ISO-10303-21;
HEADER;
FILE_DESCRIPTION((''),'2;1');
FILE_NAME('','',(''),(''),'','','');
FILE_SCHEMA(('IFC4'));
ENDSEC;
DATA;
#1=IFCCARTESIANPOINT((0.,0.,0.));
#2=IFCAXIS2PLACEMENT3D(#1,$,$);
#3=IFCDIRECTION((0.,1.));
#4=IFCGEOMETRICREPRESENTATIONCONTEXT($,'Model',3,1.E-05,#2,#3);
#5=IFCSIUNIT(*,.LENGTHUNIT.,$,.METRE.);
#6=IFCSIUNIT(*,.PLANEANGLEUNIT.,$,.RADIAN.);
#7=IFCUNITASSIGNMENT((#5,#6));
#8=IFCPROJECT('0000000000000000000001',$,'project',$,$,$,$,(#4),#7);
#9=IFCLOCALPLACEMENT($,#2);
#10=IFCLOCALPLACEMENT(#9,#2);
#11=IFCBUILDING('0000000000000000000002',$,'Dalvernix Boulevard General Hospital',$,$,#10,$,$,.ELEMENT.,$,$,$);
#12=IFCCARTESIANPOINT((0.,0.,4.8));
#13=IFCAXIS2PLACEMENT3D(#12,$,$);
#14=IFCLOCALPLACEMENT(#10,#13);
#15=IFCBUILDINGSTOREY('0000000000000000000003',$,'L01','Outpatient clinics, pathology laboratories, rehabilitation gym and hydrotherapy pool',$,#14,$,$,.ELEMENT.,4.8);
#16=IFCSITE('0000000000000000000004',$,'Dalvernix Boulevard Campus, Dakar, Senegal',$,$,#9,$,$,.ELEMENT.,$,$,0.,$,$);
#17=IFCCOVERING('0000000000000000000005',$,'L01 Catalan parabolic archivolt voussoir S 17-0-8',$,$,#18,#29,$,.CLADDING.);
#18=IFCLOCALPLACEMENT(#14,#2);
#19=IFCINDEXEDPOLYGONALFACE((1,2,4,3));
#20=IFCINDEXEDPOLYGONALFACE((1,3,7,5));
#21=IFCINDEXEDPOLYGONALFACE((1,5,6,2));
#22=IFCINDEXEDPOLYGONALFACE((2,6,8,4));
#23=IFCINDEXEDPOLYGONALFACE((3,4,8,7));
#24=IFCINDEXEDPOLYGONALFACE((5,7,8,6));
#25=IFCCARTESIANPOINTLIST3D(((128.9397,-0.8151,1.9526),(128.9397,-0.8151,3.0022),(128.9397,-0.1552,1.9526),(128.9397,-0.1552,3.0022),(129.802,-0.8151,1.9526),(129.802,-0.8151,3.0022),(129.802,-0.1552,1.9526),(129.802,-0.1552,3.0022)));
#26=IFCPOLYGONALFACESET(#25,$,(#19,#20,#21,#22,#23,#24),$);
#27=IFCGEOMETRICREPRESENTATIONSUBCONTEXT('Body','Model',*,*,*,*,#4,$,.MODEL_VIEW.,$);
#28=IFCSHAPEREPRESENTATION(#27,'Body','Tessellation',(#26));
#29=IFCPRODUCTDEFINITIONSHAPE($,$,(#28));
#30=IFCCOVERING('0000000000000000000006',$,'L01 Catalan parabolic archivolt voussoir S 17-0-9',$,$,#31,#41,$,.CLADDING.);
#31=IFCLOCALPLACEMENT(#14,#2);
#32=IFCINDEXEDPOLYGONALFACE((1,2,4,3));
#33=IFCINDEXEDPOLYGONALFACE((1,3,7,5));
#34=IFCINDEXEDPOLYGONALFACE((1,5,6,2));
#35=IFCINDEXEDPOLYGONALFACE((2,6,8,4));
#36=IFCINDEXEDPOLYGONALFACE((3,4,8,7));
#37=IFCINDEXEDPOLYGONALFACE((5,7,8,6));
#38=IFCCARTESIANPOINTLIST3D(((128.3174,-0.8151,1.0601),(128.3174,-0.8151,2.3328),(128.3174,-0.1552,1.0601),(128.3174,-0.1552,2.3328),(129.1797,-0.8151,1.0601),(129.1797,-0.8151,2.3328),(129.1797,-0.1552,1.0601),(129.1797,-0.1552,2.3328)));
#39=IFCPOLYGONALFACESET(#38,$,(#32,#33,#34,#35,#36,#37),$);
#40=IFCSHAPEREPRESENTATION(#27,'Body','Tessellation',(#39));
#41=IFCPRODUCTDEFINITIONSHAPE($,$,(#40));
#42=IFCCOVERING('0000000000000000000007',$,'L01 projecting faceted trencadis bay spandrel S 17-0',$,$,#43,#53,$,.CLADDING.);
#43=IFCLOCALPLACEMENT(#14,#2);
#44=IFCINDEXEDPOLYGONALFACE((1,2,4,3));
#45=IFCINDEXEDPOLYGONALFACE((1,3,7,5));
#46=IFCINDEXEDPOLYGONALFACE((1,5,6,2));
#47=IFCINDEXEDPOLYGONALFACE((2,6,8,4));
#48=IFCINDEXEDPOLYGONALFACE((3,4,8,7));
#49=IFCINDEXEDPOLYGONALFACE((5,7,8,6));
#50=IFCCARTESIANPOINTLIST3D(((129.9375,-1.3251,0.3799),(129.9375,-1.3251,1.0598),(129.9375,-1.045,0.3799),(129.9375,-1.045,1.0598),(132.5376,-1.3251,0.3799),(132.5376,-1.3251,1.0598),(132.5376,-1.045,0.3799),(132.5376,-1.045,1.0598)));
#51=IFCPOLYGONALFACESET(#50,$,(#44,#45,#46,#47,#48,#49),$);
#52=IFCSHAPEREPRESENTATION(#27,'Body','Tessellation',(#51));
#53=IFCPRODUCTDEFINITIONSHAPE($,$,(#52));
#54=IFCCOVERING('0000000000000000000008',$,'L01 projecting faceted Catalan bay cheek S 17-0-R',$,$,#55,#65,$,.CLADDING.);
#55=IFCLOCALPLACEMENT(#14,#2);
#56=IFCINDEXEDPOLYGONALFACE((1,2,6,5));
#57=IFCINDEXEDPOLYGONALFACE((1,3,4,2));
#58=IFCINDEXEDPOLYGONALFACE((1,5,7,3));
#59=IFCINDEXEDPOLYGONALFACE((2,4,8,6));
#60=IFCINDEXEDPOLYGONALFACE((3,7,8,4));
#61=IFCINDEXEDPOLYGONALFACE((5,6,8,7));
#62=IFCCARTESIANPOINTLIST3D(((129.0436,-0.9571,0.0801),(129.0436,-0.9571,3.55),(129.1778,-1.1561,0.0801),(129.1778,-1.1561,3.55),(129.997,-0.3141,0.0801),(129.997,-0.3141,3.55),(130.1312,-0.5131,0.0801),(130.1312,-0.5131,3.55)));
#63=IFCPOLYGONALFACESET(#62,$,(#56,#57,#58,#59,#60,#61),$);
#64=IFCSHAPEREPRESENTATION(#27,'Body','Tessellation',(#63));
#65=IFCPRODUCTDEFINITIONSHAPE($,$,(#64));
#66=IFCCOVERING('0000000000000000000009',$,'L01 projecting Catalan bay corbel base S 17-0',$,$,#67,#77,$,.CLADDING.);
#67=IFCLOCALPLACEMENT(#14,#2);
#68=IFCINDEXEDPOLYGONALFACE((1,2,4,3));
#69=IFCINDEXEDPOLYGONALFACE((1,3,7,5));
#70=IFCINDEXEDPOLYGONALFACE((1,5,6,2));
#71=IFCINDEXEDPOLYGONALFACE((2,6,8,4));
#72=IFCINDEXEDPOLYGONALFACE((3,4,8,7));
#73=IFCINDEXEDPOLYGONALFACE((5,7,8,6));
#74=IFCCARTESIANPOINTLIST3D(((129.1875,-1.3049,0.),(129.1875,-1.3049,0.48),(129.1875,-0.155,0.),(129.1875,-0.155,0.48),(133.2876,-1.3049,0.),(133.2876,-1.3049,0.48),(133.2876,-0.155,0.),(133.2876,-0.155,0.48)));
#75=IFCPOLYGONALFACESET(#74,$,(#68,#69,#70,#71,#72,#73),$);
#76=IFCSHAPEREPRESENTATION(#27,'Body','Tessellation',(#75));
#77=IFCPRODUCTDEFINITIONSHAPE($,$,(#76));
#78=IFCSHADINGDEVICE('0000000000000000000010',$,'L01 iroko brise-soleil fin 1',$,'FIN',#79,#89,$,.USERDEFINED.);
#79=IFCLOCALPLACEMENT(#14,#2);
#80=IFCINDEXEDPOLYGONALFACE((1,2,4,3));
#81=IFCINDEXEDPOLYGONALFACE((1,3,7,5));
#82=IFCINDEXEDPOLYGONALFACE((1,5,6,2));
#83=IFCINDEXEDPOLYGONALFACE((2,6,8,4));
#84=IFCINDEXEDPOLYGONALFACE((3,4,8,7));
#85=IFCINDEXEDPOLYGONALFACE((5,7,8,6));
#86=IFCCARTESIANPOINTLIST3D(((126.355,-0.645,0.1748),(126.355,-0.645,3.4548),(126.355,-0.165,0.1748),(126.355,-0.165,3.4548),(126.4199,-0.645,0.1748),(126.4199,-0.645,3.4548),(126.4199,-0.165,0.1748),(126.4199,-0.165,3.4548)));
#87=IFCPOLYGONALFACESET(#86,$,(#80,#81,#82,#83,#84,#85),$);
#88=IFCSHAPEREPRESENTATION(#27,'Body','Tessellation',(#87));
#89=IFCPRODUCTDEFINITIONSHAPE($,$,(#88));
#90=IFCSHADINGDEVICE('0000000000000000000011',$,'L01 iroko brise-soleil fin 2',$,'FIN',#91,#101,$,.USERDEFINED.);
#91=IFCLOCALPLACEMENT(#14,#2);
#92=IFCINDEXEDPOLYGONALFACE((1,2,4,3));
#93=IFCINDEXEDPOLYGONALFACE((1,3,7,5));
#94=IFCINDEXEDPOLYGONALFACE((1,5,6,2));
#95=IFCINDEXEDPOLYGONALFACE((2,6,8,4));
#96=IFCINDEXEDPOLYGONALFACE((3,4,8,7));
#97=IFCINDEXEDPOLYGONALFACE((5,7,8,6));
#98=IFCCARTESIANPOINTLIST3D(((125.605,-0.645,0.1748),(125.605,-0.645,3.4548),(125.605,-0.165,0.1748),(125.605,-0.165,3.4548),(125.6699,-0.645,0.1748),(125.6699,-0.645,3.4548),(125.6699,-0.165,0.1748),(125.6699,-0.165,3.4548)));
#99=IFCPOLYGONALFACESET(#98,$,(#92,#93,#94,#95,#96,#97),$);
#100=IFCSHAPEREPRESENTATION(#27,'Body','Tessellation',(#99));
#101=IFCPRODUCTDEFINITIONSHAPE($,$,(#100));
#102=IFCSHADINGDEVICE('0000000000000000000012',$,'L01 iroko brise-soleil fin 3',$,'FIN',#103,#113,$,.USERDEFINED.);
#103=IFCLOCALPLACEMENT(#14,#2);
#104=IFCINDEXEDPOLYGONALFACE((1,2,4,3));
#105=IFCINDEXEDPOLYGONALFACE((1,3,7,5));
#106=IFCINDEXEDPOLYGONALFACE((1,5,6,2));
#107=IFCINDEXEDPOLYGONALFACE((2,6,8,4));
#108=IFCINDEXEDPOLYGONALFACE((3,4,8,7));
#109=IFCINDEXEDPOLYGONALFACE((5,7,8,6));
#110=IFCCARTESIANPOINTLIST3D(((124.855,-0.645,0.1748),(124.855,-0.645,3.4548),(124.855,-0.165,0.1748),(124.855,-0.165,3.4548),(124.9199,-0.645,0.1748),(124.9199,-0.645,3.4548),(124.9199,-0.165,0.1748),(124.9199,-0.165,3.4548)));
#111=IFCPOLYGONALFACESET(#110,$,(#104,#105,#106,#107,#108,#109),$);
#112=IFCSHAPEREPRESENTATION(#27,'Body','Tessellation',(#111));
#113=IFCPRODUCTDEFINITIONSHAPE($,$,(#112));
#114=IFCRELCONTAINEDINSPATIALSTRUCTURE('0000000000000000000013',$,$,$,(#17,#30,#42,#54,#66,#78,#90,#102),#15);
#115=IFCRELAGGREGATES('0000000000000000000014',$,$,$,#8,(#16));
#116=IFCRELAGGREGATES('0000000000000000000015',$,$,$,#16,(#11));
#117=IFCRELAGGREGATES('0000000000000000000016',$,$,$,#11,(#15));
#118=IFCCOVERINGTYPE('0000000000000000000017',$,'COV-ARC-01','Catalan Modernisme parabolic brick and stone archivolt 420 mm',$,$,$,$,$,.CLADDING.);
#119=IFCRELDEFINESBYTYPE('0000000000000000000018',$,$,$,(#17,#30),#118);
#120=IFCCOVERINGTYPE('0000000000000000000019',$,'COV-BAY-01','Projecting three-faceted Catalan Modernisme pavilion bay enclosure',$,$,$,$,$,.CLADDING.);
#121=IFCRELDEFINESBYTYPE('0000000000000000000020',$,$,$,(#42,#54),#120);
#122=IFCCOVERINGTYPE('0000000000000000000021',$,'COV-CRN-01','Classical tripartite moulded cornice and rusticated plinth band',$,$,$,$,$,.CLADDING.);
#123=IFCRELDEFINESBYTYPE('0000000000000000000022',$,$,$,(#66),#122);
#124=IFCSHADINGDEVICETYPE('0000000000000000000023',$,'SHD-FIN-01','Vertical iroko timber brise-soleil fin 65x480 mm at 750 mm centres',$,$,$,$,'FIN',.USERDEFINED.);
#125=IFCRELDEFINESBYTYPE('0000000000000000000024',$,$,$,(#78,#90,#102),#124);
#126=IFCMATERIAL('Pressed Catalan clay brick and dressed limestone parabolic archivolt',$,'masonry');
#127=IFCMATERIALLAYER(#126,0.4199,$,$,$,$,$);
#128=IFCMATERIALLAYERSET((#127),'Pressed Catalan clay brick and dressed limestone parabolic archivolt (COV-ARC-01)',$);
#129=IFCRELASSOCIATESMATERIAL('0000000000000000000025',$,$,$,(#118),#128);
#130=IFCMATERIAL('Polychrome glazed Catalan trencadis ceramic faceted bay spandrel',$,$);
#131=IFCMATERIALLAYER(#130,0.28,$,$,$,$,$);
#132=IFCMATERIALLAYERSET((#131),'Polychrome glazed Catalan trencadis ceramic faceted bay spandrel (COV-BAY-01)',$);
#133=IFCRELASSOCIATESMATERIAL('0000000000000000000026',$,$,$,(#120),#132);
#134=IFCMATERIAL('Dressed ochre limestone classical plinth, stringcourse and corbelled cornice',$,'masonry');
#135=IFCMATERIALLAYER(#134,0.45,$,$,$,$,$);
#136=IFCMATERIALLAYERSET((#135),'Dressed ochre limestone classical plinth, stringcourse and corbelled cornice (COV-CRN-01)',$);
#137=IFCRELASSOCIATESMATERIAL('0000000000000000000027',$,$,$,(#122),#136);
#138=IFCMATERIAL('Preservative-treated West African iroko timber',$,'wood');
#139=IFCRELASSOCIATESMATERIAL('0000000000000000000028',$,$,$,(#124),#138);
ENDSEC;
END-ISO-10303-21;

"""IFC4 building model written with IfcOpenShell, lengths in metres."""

from ifc_helpers import new_model, si_unit, direction, frame, origin, origin_2d, place, context, subcontext, project, spatial, rectangle, extrude, material, layer, layer_set, type_object, element, save


model = new_model("IFC4")

# Units and contexts
model_context = context("Model", 3, precision=1e-05, world=origin(), true_north=direction((0.0, 1.0)))
body_context = subcontext(model_context, "Body", "Model", "MODEL_VIEW")
ifc_project = project(units=[si_unit("LENGTHUNIT", "METRE"), si_unit("PLANEANGLEUNIT", "RADIAN")], contexts=[model_context])

# Site, building, storey
site_placement = place(None, origin())
site = spatial("IfcSite", under=ifc_project, at=site_placement, Name="Dalvernix Boulevard Campus, Dakar, Senegal", CompositionType="ELEMENT", RefElevation=0.0)
building_placement = place(site_placement, origin())
building = spatial("IfcBuilding", under=site, at=building_placement, Name="Dalvernix Boulevard General Hospital", CompositionType="ELEMENT")
storey_placement = place(building_placement, frame((0.0, 0.0, 4.8)))
storey = spatial("IfcBuildingStorey", under=building, at=storey_placement, Name="L01", Description="Outpatient clinics, pathology laboratories, rehabilitation gym and hydrotherapy pool", CompositionType="ELEMENT", Elevation=4.8)

# Coverings
ifc_material_1 = material(Name="Pressed Catalan clay brick and dressed limestone parabolic archivolt", Category="masonry")
ifc_layer_1 = layer(ifc_material_1, 0.4199)
ifc_layer_set_1 = layer_set([ifc_layer_1], Name="Pressed Catalan clay brick and dressed limestone parabolic archivolt (COV-ARC-01)")
covering_type_1 = type_object("IfcCoveringType", Name="COV-ARC-01", Description="Catalan Modernisme parabolic brick and stone archivolt 420 mm", PredefinedType="CLADDING", material=ifc_layer_set_1)
covering_1_placement = place(storey_placement, frame((129.3708, -0.4851, 1.9526), z_axis=(0.0, 0.0, 1.0), x_axis=(-1.0, 0.0, 0.0)))
element("IfcCovering", 1, at=covering_1_placement, inside=storey, type_object=covering_type_1, Name="L01 Catalan parabolic archivolt voussoir S 17-0-8", PredefinedType="CLADDING", context=body_context, shape_type="SweptSolid", body=[
    extrude(rectangle(XDim=0.8623, YDim=0.6599, at=origin_2d()), origin(), (0.0, 0.0, 1.0), 1.0496),
])
covering_2_placement = place(storey_placement, frame((128.7485, -0.4851, 1.0601), z_axis=(0.0, 0.0, 1.0), x_axis=(-1.0, 0.0, 0.0)))
element("IfcCovering", 2, at=covering_2_placement, inside=storey, type_object=covering_type_1, Name="L01 Catalan parabolic archivolt voussoir S 17-0-9", PredefinedType="CLADDING", context=body_context, shape_type="SweptSolid", body=[
    extrude(rectangle(XDim=0.8623, YDim=0.6599, at=origin_2d()), origin(), (0.0, 0.0, 1.0), 1.2727),
])
ifc_material_2 = material(Name="Polychrome glazed Catalan trencadis ceramic faceted bay spandrel")
ifc_layer_2 = layer(ifc_material_2, 0.28)
ifc_layer_set_2 = layer_set([ifc_layer_2], Name="Polychrome glazed Catalan trencadis ceramic faceted bay spandrel (COV-BAY-01)")
covering_type_2 = type_object("IfcCoveringType", Name="COV-BAY-01", Description="Projecting three-faceted Catalan Modernisme pavilion bay enclosure", PredefinedType="CLADDING", material=ifc_layer_set_2)
covering_3_placement = place(storey_placement, frame((131.2375, -1.1851, 0.3799), z_axis=(0.0, 0.0, 1.0), x_axis=(-1.0, 0.0, 0.0)))
element("IfcCovering", 3, at=covering_3_placement, inside=storey, type_object=covering_type_2, Name="L01 projecting faceted trencadis bay spandrel S 17-0", PredefinedType="CLADDING", context=body_context, shape_type="SweptSolid", body=[
    extrude(rectangle(XDim=2.6001, YDim=0.28, at=origin_2d()), origin(), (0.0, 0.0, 1.0), 0.6799),
])
covering_4_placement = place(storey_placement, frame((129.5874, -0.7351, 0.0801), z_axis=(0.0, 0.0, 1.0), x_axis=(-0.829038, -0.559193, 0.0)))
element("IfcCovering", 4, at=covering_4_placement, inside=storey, type_object=covering_type_2, Name="L01 projecting faceted Catalan bay cheek S 17-0-R", PredefinedType="CLADDING", context=body_context, shape_type="SweptSolid", body=[
    extrude(rectangle(XDim=1.1499, YDim=0.24, at=origin_2d()), origin(), (0.0, 0.0, 1.0), 3.47),
])
ifc_material_3 = material(Name="Dressed ochre limestone classical plinth, stringcourse and corbelled cornice", Category="masonry")
ifc_layer_3 = layer(ifc_material_3, 0.45)
ifc_layer_set_3 = layer_set([ifc_layer_3], Name="Dressed ochre limestone classical plinth, stringcourse and corbelled cornice (COV-CRN-01)")
covering_type_3 = type_object("IfcCoveringType", Name="COV-CRN-01", Description="Classical tripartite moulded cornice and rusticated plinth band", PredefinedType="CLADDING", material=ifc_layer_set_3)
covering_5_placement = place(storey_placement, frame((131.2375, -0.73, 0.0), z_axis=(0.0, 0.0, 1.0), x_axis=(-1.0, 0.0, 0.0)))
element("IfcCovering", 5, at=covering_5_placement, inside=storey, type_object=covering_type_3, Name="L01 projecting Catalan bay corbel base S 17-0", PredefinedType="CLADDING", context=body_context, shape_type="SweptSolid", body=[
    extrude(rectangle(XDim=4.1001, YDim=1.1499, at=origin_2d()), origin(), (0.0, 0.0, 1.0), 0.48),
])

# Shading devices
ifc_material_4 = material(Name="Preservative-treated West African iroko timber", Category="wood")
shading_device_type = type_object("IfcShadingDeviceType", Name="SHD-FIN-01", Description="Vertical iroko timber brise-soleil fin 65x480 mm at 750 mm centres", ElementType="FIN", PredefinedType="USERDEFINED", material=ifc_material_4)
for number, where, z_axis, x_axis, name in (
    (6, (126.3875, -0.405, 0.1748), (0.0, 0.0, 1.0), (-1.0, 0.0, 0.0), "L01 iroko brise-soleil fin 1"),
    (7, (125.6375, -0.405, 0.1748), (0.0, 0.0, 1.0), (-1.0, 0.0, 0.0), "L01 iroko brise-soleil fin 2"),
    (8, (124.8875, -0.405, 0.1748), (0.0, 0.0, 1.0), (-1.0, 0.0, 0.0), "L01 iroko brise-soleil fin 3"),
):
    element("IfcShadingDevice", number, at=place(storey_placement, frame(where, z_axis=z_axis, x_axis=x_axis)), inside=storey, type_object=shading_device_type, Name=name, ObjectType="FIN", PredefinedType="USERDEFINED", context=body_context, shape_type="SweptSolid", body=[
        extrude(rectangle(XDim=0.0649, YDim=0.48, at=origin_2d()), origin(), (0.0, 0.0, 1.0), 3.28),
    ])

save(model, "model.ifc")
